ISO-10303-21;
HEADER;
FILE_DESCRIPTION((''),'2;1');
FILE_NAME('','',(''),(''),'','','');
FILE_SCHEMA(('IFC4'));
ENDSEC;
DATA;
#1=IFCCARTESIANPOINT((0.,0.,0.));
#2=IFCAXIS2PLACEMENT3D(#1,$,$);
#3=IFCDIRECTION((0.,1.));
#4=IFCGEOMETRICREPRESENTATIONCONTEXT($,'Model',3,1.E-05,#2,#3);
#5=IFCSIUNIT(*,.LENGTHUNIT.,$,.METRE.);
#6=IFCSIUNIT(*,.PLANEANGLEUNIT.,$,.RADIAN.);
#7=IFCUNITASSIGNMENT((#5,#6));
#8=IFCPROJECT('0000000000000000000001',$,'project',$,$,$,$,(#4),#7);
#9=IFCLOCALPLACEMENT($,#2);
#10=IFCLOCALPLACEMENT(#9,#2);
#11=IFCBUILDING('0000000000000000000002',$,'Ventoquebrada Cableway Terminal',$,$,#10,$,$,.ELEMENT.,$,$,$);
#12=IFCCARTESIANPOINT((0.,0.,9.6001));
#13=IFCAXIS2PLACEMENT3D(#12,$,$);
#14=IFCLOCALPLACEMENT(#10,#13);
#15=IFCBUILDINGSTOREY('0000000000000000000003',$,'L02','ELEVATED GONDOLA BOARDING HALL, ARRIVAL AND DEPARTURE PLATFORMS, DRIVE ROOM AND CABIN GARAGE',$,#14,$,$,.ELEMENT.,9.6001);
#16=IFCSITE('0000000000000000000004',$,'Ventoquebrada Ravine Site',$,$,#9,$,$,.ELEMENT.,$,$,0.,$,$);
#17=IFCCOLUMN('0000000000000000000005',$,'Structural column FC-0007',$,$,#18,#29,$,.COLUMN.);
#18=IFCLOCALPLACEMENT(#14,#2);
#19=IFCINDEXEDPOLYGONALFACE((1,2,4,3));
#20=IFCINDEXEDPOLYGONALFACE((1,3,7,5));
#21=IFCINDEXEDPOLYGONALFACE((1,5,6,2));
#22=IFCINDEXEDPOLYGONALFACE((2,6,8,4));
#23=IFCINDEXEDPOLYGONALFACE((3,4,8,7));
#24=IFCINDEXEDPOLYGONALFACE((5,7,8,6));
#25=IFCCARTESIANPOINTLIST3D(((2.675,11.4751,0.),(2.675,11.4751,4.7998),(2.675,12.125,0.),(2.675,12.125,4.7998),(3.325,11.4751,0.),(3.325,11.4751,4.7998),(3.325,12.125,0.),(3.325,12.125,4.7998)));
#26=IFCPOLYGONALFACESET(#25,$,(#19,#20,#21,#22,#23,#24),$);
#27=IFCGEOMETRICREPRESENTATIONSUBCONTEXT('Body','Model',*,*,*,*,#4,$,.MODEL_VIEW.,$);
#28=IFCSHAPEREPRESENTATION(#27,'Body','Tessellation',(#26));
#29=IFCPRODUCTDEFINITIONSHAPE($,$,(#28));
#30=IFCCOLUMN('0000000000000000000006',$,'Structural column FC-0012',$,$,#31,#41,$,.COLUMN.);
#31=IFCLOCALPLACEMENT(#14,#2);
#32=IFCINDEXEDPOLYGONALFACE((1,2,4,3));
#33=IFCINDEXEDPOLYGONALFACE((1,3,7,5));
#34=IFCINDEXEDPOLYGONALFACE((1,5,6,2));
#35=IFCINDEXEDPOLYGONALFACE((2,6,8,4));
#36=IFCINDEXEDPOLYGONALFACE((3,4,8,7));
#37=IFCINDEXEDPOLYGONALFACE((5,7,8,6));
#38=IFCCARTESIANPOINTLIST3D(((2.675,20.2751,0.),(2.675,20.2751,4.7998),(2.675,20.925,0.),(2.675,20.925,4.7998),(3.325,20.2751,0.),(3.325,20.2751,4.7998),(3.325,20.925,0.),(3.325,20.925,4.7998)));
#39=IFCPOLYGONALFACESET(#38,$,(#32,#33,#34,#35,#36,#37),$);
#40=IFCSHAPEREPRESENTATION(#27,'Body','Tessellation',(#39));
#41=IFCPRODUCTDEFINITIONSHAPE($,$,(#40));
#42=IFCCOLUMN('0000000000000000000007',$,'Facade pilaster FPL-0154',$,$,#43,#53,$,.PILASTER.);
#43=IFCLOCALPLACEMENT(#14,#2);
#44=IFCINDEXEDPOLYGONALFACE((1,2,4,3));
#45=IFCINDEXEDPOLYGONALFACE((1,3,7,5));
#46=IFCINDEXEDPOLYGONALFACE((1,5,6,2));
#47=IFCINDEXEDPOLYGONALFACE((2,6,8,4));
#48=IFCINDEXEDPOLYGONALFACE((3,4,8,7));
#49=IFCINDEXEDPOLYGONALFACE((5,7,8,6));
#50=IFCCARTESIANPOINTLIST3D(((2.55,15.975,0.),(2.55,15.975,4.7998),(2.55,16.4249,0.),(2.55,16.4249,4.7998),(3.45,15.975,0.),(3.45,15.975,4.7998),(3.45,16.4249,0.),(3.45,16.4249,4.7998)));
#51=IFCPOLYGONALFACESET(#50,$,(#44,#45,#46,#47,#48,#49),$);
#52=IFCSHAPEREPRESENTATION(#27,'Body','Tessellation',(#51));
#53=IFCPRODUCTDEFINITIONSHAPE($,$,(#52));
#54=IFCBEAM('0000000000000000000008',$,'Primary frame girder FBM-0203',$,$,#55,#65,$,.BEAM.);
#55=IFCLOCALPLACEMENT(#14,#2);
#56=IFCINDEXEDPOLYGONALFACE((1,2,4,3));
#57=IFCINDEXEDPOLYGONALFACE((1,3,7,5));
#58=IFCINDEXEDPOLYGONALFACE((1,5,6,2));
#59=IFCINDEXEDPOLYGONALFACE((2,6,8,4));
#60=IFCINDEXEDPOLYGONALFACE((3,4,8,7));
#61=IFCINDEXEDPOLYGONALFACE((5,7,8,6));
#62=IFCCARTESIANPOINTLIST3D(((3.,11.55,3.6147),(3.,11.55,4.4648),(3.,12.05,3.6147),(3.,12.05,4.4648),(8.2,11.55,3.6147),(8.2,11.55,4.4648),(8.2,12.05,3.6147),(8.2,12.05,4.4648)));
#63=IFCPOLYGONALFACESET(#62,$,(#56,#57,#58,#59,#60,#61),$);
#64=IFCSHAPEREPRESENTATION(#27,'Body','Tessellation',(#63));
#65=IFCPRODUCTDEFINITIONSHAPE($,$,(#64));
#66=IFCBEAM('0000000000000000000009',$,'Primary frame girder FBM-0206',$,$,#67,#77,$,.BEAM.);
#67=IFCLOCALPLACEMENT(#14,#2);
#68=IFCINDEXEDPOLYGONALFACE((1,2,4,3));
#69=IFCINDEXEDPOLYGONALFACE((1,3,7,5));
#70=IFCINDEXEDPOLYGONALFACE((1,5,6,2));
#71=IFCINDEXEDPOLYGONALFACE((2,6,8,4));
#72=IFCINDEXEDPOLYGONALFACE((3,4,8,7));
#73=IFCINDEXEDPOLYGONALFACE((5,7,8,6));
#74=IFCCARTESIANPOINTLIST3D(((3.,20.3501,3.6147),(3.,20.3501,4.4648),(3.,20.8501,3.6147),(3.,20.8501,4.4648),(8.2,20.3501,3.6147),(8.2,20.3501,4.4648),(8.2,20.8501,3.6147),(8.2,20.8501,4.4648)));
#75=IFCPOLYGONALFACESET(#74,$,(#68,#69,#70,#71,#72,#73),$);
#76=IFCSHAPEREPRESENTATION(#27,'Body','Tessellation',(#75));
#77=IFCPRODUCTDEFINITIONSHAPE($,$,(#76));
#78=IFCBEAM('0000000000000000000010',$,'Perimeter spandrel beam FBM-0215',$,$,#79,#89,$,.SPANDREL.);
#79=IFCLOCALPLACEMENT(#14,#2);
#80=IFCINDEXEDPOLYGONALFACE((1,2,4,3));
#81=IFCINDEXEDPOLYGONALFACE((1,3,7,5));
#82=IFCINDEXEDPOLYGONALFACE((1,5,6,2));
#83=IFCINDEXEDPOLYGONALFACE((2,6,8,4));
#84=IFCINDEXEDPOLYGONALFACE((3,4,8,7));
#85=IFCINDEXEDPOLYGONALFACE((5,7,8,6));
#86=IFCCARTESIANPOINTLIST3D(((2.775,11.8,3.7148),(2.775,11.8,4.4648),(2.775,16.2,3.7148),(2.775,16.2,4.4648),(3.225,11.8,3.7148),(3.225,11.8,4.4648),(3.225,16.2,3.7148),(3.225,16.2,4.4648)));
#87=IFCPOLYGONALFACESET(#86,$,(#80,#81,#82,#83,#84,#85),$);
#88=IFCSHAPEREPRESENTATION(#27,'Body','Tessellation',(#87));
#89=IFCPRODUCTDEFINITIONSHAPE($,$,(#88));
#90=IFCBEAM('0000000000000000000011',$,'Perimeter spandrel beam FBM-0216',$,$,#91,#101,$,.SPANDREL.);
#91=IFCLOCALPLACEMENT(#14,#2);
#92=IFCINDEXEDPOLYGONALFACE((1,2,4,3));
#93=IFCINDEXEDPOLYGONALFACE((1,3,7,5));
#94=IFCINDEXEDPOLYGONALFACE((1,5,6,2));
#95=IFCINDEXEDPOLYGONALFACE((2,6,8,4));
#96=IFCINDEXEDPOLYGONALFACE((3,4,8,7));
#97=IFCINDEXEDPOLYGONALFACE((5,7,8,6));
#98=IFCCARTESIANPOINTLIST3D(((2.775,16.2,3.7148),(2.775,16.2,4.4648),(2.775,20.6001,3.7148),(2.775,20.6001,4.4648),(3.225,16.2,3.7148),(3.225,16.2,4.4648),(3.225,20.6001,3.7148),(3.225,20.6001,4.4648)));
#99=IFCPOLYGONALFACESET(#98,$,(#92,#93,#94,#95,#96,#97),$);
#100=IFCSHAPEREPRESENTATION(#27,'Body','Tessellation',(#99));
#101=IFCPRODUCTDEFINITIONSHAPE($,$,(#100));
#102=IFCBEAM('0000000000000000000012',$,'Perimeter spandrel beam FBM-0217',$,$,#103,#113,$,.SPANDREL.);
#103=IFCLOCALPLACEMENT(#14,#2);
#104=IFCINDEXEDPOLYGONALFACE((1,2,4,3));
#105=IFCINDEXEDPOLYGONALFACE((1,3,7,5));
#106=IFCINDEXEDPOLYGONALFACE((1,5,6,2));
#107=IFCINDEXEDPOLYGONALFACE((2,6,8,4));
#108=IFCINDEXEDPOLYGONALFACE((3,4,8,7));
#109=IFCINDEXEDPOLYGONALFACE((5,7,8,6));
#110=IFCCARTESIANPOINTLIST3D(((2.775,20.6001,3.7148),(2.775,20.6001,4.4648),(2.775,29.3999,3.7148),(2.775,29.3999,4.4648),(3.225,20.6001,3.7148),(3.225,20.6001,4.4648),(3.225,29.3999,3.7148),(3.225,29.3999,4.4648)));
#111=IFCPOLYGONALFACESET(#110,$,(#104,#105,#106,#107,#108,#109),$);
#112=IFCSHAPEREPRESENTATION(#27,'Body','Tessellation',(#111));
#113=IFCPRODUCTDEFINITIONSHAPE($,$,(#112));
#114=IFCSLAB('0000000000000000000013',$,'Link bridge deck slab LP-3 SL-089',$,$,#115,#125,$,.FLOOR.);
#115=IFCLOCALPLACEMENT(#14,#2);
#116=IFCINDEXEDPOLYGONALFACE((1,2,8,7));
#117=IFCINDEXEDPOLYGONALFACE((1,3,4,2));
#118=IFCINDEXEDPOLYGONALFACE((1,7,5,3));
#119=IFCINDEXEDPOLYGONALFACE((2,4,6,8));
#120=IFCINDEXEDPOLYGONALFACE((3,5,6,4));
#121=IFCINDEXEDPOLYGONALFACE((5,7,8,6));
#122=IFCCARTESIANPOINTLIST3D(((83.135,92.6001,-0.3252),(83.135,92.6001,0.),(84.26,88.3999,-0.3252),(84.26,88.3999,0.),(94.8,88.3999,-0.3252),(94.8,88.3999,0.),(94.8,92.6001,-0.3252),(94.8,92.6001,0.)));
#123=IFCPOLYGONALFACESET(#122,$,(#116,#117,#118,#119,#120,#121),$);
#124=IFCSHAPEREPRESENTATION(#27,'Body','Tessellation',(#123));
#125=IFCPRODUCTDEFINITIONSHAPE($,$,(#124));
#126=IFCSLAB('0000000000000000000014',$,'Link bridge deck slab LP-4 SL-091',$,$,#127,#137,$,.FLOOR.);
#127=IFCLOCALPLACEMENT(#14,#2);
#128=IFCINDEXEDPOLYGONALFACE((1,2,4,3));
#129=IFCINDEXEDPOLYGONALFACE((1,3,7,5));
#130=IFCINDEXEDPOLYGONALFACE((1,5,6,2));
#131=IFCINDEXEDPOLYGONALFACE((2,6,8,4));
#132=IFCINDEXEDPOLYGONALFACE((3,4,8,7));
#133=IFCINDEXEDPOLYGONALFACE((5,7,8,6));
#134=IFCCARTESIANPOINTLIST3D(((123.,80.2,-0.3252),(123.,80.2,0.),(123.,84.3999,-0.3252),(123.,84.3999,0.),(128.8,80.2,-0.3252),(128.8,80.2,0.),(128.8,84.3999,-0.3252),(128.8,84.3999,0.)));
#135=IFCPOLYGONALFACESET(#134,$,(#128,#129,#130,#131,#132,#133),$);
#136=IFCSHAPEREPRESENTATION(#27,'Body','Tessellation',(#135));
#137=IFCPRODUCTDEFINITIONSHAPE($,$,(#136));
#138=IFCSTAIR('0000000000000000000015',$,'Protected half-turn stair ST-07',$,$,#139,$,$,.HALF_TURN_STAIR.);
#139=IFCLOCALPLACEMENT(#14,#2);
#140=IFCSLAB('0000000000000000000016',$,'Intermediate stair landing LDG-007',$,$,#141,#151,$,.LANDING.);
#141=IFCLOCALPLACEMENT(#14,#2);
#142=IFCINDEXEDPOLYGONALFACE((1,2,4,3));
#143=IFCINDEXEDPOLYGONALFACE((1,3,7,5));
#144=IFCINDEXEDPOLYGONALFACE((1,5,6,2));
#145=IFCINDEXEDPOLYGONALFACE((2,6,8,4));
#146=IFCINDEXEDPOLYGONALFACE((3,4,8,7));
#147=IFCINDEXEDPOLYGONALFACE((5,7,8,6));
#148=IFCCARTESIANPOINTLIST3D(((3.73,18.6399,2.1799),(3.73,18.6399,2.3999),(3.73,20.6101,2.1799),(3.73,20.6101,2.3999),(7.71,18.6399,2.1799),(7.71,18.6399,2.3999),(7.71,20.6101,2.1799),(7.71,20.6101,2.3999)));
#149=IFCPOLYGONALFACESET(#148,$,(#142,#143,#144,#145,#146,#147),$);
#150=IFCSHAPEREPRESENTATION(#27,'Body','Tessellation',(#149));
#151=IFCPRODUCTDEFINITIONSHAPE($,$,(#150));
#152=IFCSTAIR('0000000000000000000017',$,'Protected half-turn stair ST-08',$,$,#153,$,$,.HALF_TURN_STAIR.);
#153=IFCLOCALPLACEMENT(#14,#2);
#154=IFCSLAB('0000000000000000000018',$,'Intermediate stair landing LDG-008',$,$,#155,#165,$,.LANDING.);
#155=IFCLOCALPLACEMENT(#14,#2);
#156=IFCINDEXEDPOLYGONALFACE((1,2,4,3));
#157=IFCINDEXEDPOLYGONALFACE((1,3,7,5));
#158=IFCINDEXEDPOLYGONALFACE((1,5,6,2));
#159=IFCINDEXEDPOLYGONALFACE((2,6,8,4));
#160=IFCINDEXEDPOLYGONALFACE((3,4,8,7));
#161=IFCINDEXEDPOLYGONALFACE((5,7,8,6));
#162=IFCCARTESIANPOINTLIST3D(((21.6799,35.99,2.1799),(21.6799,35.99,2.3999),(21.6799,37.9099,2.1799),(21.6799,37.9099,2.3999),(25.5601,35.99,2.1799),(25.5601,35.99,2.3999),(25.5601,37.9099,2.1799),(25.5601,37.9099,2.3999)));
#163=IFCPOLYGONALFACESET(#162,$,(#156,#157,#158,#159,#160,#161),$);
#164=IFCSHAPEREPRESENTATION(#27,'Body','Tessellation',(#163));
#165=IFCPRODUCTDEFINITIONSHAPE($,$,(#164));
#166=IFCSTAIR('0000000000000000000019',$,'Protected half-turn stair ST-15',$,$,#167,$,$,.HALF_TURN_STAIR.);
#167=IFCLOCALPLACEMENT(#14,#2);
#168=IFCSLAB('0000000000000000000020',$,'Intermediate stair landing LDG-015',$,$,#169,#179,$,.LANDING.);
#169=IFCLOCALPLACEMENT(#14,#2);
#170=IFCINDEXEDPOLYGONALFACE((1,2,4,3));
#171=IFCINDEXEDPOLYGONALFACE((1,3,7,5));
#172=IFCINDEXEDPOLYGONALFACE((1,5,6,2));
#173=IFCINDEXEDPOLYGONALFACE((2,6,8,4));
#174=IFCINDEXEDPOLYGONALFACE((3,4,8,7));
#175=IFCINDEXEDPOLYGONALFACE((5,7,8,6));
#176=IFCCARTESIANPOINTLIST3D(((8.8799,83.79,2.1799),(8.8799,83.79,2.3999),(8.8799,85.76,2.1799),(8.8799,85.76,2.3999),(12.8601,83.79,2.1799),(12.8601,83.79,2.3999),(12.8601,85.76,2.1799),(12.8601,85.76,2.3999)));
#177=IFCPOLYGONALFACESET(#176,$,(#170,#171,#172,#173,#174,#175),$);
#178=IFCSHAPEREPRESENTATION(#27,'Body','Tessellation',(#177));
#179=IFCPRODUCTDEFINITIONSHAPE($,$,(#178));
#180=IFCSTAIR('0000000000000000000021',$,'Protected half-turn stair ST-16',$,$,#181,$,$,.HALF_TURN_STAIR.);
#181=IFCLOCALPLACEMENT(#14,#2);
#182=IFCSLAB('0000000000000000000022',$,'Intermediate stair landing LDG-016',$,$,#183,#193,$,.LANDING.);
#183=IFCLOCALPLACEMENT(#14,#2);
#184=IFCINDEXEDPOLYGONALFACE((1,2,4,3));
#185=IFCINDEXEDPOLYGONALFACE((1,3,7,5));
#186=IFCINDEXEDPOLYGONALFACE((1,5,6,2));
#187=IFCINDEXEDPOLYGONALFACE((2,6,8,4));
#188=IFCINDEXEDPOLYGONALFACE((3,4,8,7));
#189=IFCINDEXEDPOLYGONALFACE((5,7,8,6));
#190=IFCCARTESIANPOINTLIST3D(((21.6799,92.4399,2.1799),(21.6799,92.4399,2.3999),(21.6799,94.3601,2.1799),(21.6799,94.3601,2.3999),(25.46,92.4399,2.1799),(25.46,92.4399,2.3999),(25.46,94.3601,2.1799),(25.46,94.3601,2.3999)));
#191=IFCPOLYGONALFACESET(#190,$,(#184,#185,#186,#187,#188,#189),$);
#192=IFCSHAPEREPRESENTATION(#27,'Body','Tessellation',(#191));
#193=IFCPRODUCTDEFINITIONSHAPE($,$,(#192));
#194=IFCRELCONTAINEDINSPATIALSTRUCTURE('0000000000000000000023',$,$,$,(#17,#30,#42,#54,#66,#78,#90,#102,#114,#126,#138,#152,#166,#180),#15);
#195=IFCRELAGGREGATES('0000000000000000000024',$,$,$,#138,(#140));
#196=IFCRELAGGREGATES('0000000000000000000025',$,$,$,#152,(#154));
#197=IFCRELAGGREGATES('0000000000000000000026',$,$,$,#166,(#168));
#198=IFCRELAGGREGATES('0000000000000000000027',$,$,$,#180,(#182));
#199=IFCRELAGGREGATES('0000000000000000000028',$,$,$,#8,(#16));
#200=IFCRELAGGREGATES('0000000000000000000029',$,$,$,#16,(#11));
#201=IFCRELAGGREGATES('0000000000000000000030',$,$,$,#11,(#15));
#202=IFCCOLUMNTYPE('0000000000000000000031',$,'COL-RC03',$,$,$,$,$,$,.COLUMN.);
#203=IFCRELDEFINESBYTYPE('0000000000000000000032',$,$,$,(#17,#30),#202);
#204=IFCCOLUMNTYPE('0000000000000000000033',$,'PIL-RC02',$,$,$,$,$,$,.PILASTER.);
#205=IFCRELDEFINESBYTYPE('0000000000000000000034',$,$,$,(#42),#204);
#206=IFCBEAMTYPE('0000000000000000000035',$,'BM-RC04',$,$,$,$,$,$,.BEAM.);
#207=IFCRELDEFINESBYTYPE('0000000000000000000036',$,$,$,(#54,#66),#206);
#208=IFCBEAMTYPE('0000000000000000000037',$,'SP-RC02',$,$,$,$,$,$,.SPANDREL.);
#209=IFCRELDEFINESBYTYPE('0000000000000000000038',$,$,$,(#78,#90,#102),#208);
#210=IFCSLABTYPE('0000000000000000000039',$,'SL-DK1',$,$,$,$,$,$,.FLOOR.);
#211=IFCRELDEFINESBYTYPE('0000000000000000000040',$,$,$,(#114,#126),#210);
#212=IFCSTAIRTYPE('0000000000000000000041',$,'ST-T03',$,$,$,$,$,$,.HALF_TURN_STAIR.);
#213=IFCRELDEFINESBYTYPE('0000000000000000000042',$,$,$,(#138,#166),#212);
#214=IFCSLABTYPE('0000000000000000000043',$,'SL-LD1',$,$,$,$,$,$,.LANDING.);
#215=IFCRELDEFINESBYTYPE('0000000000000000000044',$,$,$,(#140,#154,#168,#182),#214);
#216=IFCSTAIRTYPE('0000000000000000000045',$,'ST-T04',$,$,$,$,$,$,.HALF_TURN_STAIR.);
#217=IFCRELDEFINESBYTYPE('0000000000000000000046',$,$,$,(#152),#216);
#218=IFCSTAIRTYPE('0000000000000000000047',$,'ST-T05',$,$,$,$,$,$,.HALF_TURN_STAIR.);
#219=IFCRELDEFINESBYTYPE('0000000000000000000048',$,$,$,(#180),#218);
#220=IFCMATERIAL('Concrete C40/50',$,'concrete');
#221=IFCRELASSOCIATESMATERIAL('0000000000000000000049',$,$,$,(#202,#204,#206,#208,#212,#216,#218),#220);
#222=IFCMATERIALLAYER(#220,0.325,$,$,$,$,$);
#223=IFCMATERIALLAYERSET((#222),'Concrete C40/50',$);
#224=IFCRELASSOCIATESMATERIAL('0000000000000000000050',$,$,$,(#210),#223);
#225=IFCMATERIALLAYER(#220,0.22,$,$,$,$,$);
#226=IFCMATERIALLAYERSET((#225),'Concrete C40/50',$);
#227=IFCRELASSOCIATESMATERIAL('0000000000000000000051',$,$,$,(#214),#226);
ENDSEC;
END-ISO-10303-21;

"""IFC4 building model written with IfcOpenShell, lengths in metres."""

from ifc_helpers import new_model, si_unit, direction, frame, origin, origin_2d, place, context, subcontext, project, spatial, polyline, rectangle, outline, extrude, material, layer, layer_set, material_profile, profile_set, type_object, element, aggregate, save


model = new_model("IFC4")

# Units and contexts
model_context = context("Model", 3, precision=1e-05, world=origin(), true_north=direction((0.0, 1.0)))
body_context = subcontext(model_context, "Body", "Model", "MODEL_VIEW")
ifc_project = project(units=[si_unit("LENGTHUNIT", "METRE"), si_unit("PLANEANGLEUNIT", "RADIAN")], contexts=[model_context])

# Site, building, storey
site_placement = place(None, origin())
site = spatial("IfcSite", under=ifc_project, at=site_placement, Name="Ventoquebrada Ravine Site", CompositionType="ELEMENT", RefElevation=0.0)
building_placement = place(site_placement, origin())
building = spatial("IfcBuilding", under=site, at=building_placement, Name="Ventoquebrada Cableway Terminal", CompositionType="ELEMENT")
storey_placement = place(building_placement, frame((0.0, 0.0, 9.6001)))
storey = spatial("IfcBuildingStorey", under=building, at=storey_placement, Name="L02", Description="ELEVATED GONDOLA BOARDING HALL, ARRIVAL AND DEPARTURE PLATFORMS, DRIVE ROOM AND CABIN GARAGE", CompositionType="ELEMENT", Elevation=9.6001)

# Columns
ifc_material_1 = material(Name="Concrete C40/50", Category="concrete")
ifc_material_profile_1 = material_profile(ifc_material_1, rectangle(XDim=0.6499, YDim=0.6499, at=origin_2d()), Name="RC-COL-650X650")
ifc_profile_set_1 = profile_set([ifc_material_profile_1], Name="Concrete C40/50")
column_type_1 = type_object("IfcColumnType", Name="COL-RC03", PredefinedType="COLUMN", material=ifc_profile_set_1)
for number, where, z_axis, x_axis, name in (
    (1, (3.0, 11.8, 0.0), (0.0, 0.0, 1.0), (1.0, 0.0, 0.0), "Structural column FC-0007"),
    (2, (3.0, 20.6001, 0.0), (0.0, 0.0, 1.0), (1.0, 0.0, 0.0), "Structural column FC-0012"),
):
    element("IfcColumn", number, at=place(storey_placement, frame(where, z_axis=z_axis, x_axis=x_axis)), inside=storey, type_object=column_type_1, Name=name, PredefinedType="COLUMN", context=body_context, shape_type="SweptSolid", body=[
        extrude(rectangle(XDim=0.6499, YDim=0.6499, at=origin_2d()), origin(), (0.0, 0.0, 1.0), 4.7998),
    ])
ifc_material_profile_2 = material_profile(ifc_material_1, rectangle(XDim=0.45, YDim=0.8999, at=origin_2d()), Name="RC-PIL-450X900")
ifc_profile_set_2 = profile_set([ifc_material_profile_2], Name="Concrete C40/50")
column_type_2 = type_object("IfcColumnType", Name="PIL-RC02", PredefinedType="PILASTER", material=ifc_profile_set_2)
column_placement = place(storey_placement, frame((3.0, 16.2, 0.0), z_axis=(0.0, 0.0, 1.0), x_axis=(0.0, 1.0, 0.0)))
element("IfcColumn", 3, at=column_placement, inside=storey, type_object=column_type_2, Name="Facade pilaster FPL-0154", PredefinedType="PILASTER", context=body_context, shape_type="SweptSolid", body=[
    extrude(rectangle(XDim=0.45, YDim=0.8999, at=origin_2d()), origin(), (0.0, 0.0, 1.0), 4.7998),
])

# Beams
ifc_material_profile_3 = material_profile(ifc_material_1, rectangle(XDim=0.5, YDim=0.8501, at=origin_2d()), Name="RC-BM-500X850")
ifc_profile_set_3 = profile_set([ifc_material_profile_3], Name="Concrete C40/50")
beam_type_1 = type_object("IfcBeamType", Name="BM-RC04", PredefinedType="BEAM", material=ifc_profile_set_3)
for number, where, z_axis, x_axis, name in (
    (4, (3.0, 11.8, 4.0398), (1.0, 0.0, 0.0), (0.0, 1.0, 0.0), "Primary frame girder FBM-0203"),
    (5, (3.0, 20.6001, 4.0398), (1.0, 0.0, 0.0), (0.0, 1.0, 0.0), "Primary frame girder FBM-0206"),
):
    element("IfcBeam", number, at=place(storey_placement, frame(where, z_axis=z_axis, x_axis=x_axis)), inside=storey, type_object=beam_type_1, Name=name, PredefinedType="BEAM", context=body_context, shape_type="SweptSolid", body=[
        extrude(rectangle(XDim=0.5, YDim=0.8501, at=origin_2d()), origin(), (0.0, 0.0, 1.0), 5.2),
    ])
ifc_material_profile_4 = material_profile(ifc_material_1, rectangle(XDim=0.45, YDim=0.75, at=origin_2d()), Name="RC-BM-450X750")
ifc_profile_set_4 = profile_set([ifc_material_profile_4], Name="Concrete C40/50")
beam_type_2 = type_object("IfcBeamType", Name="SP-RC02", PredefinedType="SPANDREL", material=ifc_profile_set_4)
beam_1_placement = place(storey_placement, frame((3.0, 11.8, 4.0898), z_axis=(0.0, 1.0, 0.0), x_axis=(-1.0, 0.0, 0.0)))
element("IfcBeam", 6, at=beam_1_placement, inside=storey, type_object=beam_type_2, Name="Perimeter spandrel beam FBM-0215", PredefinedType="SPANDREL", context=body_context, shape_type="SweptSolid", body=[
    extrude(rectangle(XDim=0.45, YDim=0.75, at=origin_2d()), origin(), (0.0, 0.0, 1.0), 4.3999),
])
beam_2_placement = place(storey_placement, frame((3.0, 16.2, 4.0898), z_axis=(0.0, 1.0, 0.0), x_axis=(-1.0, 0.0, 0.0)))
element("IfcBeam", 7, at=beam_2_placement, inside=storey, type_object=beam_type_2, Name="Perimeter spandrel beam FBM-0216", PredefinedType="SPANDREL", context=body_context, shape_type="SweptSolid", body=[
    extrude(rectangle(XDim=0.45, YDim=0.75, at=origin_2d()), origin(), (0.0, 0.0, 1.0), 4.4001),
])
beam_3_placement = place(storey_placement, frame((3.0, 20.6001, 4.0898), z_axis=(0.0, 1.0, 0.0), x_axis=(-1.0, 0.0, 0.0)))
element("IfcBeam", 8, at=beam_3_placement, inside=storey, type_object=beam_type_2, Name="Perimeter spandrel beam FBM-0217", PredefinedType="SPANDREL", context=body_context, shape_type="SweptSolid", body=[
    extrude(rectangle(XDim=0.45, YDim=0.75, at=origin_2d()), origin(), (0.0, 0.0, 1.0), 8.7998),
])

# Slabs
ifc_layer_1 = layer(ifc_material_1, 0.325)
ifc_layer_set_1 = layer_set([ifc_layer_1], Name="Concrete C40/50")
slab_type_1 = type_object("IfcSlabType", Name="SL-DK1", PredefinedType="FLOOR", material=ifc_layer_set_1)
slab_1_placement = place(storey_placement, frame((0.0, 0.0, -0.3252)))
element("IfcSlab", 9, at=slab_1_placement, inside=storey, type_object=slab_type_1, Name="Link bridge deck slab LP-3 SL-089", PredefinedType="FLOOR", context=body_context, shape_type="SweptSolid", body=[
    extrude(outline(polyline([(84.26, 88.3999), (94.8, 88.3999), (94.8, 92.6001), (83.135, 92.6001), (84.26, 88.3999)])), origin(), (0.0, 0.0, 1.0), 0.3252),
])
slab_2_placement = place(storey_placement, frame((0.0, 0.0, -0.3252)))
element("IfcSlab", 10, at=slab_2_placement, inside=storey, type_object=slab_type_1, Name="Link bridge deck slab LP-4 SL-091", PredefinedType="FLOOR", context=body_context, shape_type="SweptSolid", body=[
    extrude(outline(polyline([(123.0, 80.2), (128.8, 80.2), (128.8, 84.3999), (123.0, 84.3999), (123.0, 80.2)])), origin(), (0.0, 0.0, 1.0), 0.3252),
])

# Stairs, slabs
stair_type_1 = type_object("IfcStairType", Name="ST-T03", PredefinedType="HALF_TURN_STAIR", material=ifc_material_1)
stair_1_placement = place(storey_placement, origin())
stair_1 = element("IfcStair", 11, at=stair_1_placement, inside=storey, type_object=stair_type_1, Name="Protected half-turn stair ST-07", PredefinedType="HALF_TURN_STAIR")
ifc_layer_2 = layer(ifc_material_1, 0.22)
ifc_layer_set_2 = layer_set([ifc_layer_2], Name="Concrete C40/50")
slab_type_2 = type_object("IfcSlabType", Name="SL-LD1", PredefinedType="LANDING", material=ifc_layer_set_2)
slab_3_placement = place(storey_placement, frame((0.0, 0.0, 2.1799)))
slab_3 = element("IfcSlab", 12, at=slab_3_placement, type_object=slab_type_2, Name="Intermediate stair landing LDG-007", PredefinedType="LANDING", context=body_context, shape_type="SweptSolid", body=[
    extrude(outline(polyline([(7.71, 18.6399), (7.71, 20.6101), (3.73, 20.6101), (3.73, 18.6399), (7.71, 18.6399)])), origin(), (0.0, 0.0, 1.0), 0.22),
])
aggregate(stair_1, [slab_3])
stair_type_2 = type_object("IfcStairType", Name="ST-T04", PredefinedType="HALF_TURN_STAIR", material=ifc_material_1)
stair_2_placement = place(storey_placement, origin())
stair_2 = element("IfcStair", 13, at=stair_2_placement, inside=storey, type_object=stair_type_2, Name="Protected half-turn stair ST-08", PredefinedType="HALF_TURN_STAIR")
slab_4_placement = place(storey_placement, frame((0.0, 0.0, 2.1799)))
slab_4 = element("IfcSlab", 14, at=slab_4_placement, type_object=slab_type_2, Name="Intermediate stair landing LDG-008", PredefinedType="LANDING", context=body_context, shape_type="SweptSolid", body=[
    extrude(outline(polyline([(25.5601, 35.99), (25.5601, 37.9099), (21.6799, 37.9099), (21.6799, 35.99), (25.5601, 35.99)])), origin(), (0.0, 0.0, 1.0), 0.22),
])
aggregate(stair_2, [slab_4])
stair_3_placement = place(storey_placement, origin())
stair_3 = element("IfcStair", 15, at=stair_3_placement, inside=storey, type_object=stair_type_1, Name="Protected half-turn stair ST-15", PredefinedType="HALF_TURN_STAIR")
slab_5_placement = place(storey_placement, frame((0.0, 0.0, 2.1799)))
slab_5 = element("IfcSlab", 16, at=slab_5_placement, type_object=slab_type_2, Name="Intermediate stair landing LDG-015", PredefinedType="LANDING", context=body_context, shape_type="SweptSolid", body=[
    extrude(outline(polyline([(12.8601, 83.79), (12.8601, 85.76), (8.8799, 85.76), (8.8799, 83.79), (12.8601, 83.79)])), origin(), (0.0, 0.0, 1.0), 0.22),
])
aggregate(stair_3, [slab_5])
stair_type_3 = type_object("IfcStairType", Name="ST-T05", PredefinedType="HALF_TURN_STAIR", material=ifc_material_1)
stair_4_placement = place(storey_placement, origin())
stair_4 = element("IfcStair", 17, at=stair_4_placement, inside=storey, type_object=stair_type_3, Name="Protected half-turn stair ST-16", PredefinedType="HALF_TURN_STAIR")
slab_6_placement = place(storey_placement, frame((0.0, 0.0, 2.1799)))
slab_6 = element("IfcSlab", 18, at=slab_6_placement, type_object=slab_type_2, Name="Intermediate stair landing LDG-016", PredefinedType="LANDING", context=body_context, shape_type="SweptSolid", body=[
    extrude(outline(polyline([(25.46, 92.4399), (25.46, 94.3601), (21.6799, 94.3601), (21.6799, 92.4399), (25.46, 92.4399)])), origin(), (0.0, 0.0, 1.0), 0.22),
])
aggregate(stair_4, [slab_6])

save(model, "model.ifc")
